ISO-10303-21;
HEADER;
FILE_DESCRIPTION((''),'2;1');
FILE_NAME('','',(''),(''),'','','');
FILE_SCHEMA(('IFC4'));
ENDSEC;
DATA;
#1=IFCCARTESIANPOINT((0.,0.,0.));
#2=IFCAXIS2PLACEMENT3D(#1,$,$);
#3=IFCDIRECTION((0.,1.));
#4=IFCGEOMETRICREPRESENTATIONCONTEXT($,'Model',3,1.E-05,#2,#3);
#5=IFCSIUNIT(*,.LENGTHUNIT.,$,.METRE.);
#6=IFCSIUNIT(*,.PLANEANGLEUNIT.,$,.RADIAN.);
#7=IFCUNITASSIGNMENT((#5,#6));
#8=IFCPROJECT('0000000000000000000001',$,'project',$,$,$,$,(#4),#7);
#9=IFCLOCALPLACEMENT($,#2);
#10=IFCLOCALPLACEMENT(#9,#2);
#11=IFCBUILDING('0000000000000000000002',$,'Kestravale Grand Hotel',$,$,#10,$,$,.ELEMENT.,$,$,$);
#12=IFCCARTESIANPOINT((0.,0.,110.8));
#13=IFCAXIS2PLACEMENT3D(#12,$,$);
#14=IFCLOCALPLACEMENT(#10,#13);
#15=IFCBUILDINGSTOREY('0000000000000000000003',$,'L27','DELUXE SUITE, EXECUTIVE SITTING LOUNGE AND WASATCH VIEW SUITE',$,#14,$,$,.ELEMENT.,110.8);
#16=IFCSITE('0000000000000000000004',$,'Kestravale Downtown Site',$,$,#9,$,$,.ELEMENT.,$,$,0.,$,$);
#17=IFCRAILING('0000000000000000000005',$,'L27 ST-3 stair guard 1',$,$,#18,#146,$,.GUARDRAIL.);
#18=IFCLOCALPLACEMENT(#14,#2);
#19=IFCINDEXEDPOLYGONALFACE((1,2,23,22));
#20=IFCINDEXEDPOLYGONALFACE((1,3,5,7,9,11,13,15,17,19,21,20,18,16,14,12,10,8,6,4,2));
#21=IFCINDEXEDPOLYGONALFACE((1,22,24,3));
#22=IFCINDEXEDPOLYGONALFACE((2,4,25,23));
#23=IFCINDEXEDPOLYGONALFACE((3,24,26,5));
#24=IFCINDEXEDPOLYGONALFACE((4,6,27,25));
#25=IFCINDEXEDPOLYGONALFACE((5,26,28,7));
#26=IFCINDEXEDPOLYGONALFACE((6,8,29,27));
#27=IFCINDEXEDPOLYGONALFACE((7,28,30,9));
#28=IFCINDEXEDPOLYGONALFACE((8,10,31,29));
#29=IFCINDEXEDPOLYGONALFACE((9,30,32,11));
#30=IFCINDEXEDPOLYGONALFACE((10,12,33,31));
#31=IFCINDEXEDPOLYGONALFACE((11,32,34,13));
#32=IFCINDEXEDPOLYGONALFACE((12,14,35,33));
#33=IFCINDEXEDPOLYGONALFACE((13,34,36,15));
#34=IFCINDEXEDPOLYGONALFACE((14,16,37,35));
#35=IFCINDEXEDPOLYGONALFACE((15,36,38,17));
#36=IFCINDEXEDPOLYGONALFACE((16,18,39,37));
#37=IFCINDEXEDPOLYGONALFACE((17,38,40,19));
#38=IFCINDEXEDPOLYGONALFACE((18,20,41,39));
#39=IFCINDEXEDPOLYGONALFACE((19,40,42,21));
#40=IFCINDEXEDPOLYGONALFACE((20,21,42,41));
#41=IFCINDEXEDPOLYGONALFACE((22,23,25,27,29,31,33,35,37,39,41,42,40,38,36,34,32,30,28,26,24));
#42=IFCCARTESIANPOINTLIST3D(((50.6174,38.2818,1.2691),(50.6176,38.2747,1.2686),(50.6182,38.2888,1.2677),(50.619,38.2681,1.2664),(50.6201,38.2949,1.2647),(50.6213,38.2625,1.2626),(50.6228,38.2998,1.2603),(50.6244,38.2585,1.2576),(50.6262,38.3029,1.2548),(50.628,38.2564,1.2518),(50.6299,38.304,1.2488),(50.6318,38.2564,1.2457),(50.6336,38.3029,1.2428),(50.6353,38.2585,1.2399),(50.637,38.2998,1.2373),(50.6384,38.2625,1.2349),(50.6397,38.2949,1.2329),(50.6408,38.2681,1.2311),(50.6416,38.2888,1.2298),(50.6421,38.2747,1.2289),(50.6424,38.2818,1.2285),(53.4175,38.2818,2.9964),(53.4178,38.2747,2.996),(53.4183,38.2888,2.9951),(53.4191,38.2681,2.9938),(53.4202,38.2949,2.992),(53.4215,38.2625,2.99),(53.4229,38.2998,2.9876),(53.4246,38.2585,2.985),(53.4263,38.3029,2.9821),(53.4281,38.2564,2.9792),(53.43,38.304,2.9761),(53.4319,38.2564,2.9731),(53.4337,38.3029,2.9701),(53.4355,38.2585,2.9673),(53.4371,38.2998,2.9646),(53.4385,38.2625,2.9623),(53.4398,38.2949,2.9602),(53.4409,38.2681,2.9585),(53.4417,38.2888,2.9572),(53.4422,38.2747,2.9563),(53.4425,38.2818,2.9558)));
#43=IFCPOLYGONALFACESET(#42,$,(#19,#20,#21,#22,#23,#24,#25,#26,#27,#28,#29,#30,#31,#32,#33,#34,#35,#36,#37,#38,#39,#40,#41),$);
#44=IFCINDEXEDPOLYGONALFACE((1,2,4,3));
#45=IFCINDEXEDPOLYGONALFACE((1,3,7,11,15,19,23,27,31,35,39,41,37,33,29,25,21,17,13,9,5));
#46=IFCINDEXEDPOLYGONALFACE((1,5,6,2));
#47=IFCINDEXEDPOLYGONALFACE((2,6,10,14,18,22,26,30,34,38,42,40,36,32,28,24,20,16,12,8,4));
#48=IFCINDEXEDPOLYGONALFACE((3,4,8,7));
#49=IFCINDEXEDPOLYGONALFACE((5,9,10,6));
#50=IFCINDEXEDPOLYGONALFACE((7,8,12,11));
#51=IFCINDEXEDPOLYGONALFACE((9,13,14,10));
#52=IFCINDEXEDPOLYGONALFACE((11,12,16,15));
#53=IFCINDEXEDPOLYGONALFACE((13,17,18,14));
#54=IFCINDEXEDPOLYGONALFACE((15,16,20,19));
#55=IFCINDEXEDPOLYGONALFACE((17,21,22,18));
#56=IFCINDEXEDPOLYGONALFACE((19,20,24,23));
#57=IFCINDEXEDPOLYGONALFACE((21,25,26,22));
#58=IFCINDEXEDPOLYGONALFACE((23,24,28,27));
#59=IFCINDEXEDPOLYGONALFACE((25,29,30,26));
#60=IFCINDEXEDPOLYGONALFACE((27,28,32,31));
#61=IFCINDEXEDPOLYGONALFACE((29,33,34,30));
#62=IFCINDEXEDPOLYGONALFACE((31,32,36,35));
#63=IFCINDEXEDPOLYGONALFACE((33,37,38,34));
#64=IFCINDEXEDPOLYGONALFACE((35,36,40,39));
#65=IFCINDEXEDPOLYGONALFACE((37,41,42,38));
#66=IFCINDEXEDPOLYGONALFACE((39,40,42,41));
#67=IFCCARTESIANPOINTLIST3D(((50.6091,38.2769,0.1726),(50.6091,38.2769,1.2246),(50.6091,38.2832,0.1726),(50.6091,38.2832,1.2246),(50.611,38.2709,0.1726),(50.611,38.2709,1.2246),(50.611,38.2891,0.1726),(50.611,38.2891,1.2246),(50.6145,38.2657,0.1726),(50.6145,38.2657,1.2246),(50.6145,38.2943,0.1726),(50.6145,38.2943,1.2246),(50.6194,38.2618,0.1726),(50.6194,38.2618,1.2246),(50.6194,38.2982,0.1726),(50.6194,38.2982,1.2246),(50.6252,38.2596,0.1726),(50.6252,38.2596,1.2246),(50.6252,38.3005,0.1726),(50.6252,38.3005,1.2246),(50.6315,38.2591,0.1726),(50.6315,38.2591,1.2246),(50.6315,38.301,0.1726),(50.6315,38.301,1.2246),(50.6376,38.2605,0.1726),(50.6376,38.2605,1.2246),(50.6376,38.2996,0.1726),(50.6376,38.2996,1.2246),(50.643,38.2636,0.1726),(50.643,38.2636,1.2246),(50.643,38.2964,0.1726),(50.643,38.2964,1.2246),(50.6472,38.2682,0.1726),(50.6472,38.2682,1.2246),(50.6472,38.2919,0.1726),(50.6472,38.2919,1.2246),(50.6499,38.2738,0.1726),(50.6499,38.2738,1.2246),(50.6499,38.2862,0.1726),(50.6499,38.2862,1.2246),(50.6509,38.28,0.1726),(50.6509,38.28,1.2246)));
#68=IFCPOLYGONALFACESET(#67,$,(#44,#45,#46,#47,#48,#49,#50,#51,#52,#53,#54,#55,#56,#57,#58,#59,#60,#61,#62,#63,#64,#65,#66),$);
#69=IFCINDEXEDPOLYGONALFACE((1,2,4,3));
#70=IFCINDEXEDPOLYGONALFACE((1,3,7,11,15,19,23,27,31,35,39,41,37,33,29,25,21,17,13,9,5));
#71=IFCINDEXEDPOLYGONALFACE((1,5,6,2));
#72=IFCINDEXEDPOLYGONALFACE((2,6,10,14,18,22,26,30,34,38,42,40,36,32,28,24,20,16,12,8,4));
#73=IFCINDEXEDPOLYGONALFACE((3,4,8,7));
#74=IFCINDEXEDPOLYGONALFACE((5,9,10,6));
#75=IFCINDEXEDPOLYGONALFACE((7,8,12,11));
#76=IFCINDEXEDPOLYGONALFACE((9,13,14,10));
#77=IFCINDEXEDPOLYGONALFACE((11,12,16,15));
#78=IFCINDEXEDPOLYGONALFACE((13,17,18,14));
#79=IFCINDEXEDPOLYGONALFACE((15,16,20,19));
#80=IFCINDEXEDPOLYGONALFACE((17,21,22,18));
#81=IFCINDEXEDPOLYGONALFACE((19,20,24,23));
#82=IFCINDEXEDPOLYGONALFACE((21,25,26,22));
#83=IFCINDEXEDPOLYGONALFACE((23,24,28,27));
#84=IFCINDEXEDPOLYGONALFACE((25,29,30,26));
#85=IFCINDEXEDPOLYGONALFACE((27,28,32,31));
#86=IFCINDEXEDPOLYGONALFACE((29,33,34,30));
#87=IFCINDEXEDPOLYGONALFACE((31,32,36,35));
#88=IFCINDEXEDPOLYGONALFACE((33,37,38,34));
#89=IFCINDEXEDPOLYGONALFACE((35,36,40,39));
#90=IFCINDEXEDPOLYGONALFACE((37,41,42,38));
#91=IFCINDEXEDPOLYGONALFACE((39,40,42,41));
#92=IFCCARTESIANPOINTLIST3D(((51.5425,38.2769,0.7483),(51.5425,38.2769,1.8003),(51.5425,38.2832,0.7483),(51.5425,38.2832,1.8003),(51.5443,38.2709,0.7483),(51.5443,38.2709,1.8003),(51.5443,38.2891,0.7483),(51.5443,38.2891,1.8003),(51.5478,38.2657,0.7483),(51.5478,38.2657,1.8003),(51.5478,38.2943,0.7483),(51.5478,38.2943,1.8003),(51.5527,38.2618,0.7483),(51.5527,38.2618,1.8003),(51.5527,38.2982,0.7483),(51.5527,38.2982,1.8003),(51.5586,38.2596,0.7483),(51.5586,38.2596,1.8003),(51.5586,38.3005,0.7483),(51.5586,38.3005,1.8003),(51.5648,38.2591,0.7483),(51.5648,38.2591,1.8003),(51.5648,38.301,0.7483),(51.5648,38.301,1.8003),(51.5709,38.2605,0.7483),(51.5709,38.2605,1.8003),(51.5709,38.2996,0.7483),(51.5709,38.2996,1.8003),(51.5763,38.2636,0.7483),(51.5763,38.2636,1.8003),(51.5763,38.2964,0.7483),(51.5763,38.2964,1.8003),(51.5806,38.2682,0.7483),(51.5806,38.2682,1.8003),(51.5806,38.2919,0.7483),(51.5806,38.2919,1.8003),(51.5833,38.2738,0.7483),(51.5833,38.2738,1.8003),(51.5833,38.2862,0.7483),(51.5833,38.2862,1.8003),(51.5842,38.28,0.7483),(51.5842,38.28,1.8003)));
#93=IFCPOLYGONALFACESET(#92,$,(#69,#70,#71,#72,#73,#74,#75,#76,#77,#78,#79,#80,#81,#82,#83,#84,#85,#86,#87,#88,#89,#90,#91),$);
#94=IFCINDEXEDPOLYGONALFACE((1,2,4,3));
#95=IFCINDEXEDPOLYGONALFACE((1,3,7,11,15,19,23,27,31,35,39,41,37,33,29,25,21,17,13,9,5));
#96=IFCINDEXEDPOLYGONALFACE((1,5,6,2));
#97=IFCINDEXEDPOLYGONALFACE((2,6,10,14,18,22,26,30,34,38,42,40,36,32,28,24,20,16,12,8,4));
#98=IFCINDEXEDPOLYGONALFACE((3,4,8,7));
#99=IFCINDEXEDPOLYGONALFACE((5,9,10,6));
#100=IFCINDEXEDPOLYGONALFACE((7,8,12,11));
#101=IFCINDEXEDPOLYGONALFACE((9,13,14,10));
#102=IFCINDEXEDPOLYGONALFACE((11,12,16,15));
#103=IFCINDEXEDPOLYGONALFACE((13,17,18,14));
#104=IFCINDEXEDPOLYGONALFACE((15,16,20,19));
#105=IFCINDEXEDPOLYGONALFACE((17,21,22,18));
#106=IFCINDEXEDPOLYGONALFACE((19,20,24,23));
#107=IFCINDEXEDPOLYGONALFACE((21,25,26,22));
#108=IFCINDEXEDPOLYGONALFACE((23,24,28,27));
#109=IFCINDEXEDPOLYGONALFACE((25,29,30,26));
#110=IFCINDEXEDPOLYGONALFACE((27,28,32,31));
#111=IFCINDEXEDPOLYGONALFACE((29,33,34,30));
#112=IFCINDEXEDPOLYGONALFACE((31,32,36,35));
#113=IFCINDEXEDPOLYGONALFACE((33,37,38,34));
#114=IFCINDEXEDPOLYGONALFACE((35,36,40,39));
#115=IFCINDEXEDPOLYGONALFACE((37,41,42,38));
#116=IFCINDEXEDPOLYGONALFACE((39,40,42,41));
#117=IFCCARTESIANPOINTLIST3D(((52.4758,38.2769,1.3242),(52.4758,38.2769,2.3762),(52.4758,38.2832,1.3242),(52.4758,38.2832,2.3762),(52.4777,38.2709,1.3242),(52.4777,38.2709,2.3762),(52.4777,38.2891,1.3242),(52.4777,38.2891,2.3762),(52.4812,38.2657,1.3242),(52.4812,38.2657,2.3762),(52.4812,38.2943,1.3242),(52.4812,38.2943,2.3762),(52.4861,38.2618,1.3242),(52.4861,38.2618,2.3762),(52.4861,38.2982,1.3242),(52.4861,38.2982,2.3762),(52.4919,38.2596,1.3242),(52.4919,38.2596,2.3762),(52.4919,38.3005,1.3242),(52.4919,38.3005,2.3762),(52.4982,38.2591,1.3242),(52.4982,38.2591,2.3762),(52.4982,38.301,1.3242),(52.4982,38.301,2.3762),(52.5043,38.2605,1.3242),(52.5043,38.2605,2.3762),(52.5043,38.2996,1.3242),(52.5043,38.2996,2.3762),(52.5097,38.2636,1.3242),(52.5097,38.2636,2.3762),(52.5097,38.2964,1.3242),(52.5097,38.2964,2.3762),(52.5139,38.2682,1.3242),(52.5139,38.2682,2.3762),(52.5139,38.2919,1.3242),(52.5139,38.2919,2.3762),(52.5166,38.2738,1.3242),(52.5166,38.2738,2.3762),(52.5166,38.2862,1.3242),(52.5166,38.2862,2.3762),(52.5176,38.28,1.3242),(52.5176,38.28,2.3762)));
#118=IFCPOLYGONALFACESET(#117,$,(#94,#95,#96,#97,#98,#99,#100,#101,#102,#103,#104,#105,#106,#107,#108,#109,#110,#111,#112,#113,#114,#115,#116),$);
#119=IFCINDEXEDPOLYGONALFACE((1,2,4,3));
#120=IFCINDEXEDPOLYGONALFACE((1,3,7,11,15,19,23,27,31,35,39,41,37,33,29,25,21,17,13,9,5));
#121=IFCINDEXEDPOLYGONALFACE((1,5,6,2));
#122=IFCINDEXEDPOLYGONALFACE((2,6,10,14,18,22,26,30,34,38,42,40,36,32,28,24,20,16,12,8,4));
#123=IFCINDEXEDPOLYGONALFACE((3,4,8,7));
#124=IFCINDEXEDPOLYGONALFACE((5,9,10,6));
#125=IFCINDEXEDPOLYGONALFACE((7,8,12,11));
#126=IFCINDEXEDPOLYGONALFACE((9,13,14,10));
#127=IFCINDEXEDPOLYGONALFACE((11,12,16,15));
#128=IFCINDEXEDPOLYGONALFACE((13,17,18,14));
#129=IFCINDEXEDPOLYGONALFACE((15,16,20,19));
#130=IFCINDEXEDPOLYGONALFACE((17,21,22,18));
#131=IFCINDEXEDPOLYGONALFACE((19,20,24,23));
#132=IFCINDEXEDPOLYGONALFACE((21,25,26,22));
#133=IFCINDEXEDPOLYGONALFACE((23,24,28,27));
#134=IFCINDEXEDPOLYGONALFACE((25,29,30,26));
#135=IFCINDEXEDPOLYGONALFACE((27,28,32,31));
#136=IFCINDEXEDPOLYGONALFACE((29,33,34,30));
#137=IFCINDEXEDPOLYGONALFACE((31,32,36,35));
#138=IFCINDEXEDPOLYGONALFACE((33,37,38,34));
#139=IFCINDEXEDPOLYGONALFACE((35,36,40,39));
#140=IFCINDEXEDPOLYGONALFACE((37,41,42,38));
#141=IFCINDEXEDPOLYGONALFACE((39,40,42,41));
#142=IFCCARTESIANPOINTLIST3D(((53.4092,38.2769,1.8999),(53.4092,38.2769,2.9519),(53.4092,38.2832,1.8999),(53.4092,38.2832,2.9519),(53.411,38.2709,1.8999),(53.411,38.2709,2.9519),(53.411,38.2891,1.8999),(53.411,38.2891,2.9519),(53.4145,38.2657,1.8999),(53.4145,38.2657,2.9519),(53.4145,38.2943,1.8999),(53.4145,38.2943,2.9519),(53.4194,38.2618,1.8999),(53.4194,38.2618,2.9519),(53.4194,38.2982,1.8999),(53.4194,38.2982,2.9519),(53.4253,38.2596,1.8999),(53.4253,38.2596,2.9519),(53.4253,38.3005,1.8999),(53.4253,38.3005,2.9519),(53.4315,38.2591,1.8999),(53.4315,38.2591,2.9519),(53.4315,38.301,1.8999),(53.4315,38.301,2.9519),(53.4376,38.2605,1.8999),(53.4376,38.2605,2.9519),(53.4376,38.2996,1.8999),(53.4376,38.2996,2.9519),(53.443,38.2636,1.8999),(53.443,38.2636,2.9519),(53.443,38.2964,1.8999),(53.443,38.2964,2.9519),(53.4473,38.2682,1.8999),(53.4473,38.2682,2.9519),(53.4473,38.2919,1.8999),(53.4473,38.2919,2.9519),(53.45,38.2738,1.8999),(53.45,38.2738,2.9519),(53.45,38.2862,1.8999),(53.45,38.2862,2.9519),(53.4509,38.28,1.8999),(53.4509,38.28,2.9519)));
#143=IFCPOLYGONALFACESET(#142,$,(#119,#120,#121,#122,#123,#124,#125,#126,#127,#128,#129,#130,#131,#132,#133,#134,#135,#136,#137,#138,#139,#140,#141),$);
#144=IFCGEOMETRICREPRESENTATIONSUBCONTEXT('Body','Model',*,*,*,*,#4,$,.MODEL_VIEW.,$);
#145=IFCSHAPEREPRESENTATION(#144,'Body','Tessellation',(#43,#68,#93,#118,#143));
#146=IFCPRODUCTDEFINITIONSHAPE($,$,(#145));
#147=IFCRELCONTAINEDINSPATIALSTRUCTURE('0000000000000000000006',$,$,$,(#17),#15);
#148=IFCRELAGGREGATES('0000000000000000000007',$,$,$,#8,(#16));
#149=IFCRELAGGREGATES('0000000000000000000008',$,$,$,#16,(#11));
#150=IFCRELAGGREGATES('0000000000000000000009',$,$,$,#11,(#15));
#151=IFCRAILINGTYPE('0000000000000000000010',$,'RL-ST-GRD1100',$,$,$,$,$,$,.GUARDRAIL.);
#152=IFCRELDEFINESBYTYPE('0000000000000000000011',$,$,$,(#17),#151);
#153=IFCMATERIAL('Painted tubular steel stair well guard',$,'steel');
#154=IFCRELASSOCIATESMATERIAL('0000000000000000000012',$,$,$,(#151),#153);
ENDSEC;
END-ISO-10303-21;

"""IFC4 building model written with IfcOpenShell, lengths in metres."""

from ifc_helpers import new_model, si_unit, direction, frame, origin, origin_2d, place, context, subcontext, project, spatial, circle, extrude, material, type_object, element, save


model = new_model("IFC4")

# Units and contexts
model_context = context("Model", 3, precision=1e-05, world=origin(), true_north=direction((0.0, 1.0)))
body_context = subcontext(model_context, "Body", "Model", "MODEL_VIEW")
ifc_project = project(units=[si_unit("LENGTHUNIT", "METRE"), si_unit("PLANEANGLEUNIT", "RADIAN")], contexts=[model_context])

# Site, building, storey
site_placement = place(None, origin())
site = spatial("IfcSite", under=ifc_project, at=site_placement, Name="Kestravale Downtown Site", CompositionType="ELEMENT", RefElevation=0.0)
building_placement = place(site_placement, origin())
building = spatial("IfcBuilding", under=site, at=building_placement, Name="Kestravale Grand Hotel", CompositionType="ELEMENT")
storey_placement = place(building_placement, frame((0.0, 0.0, 110.8)))
storey = spatial("IfcBuildingStorey", under=building, at=storey_placement, Name="L27", Description="DELUXE SUITE, EXECUTIVE SITTING LOUNGE AND WASATCH VIEW SUITE", CompositionType="ELEMENT", Elevation=110.8)

# Railing
ifc_material_1 = material(Name="Painted tubular steel stair well guard", Category="steel")
railing_type_1 = type_object("IfcRailingType", Name="RL-ST-GRD1100", PredefinedType="GUARDRAIL", material=ifc_material_1)
railing_1_placement = place(storey_placement, frame((50.6299, 38.28, 0.1726)))
element("IfcRailing", 1, at=railing_1_placement, inside=storey, type_object=railing_type_1, Name="L27 ST-3 stair guard 1", PredefinedType="GUARDRAIL", context=body_context, shape_type="SweptSolid", body=[
    extrude(circle(Radius=0.0239, at=origin_2d()), frame((0.0, 0.0, 1.0762), z_axis=(0.85109, 0.0, 0.52502), x_axis=(0.0, 1.0, 0.0)), (0.0, 0.0, 1.0), 3.29),
    extrude(circle(Radius=0.021, at=origin_2d()), origin(), (0.0, 0.0, 1.0), 1.052),
    extrude(circle(Radius=0.021, at=origin_2d()), frame((0.9333, 0.0, 0.5757)), (0.0, 0.0, 1.0), 1.052),
    extrude(circle(Radius=0.021, at=origin_2d()), frame((1.8667, 0.0, 1.1516)), (0.0, 0.0, 1.0), 1.052),
    extrude(circle(Radius=0.021, at=origin_2d()), frame((2.8, 0.0, 1.7273)), (0.0, 0.0, 1.0), 1.052),
])

save(model, "model.ifc")
